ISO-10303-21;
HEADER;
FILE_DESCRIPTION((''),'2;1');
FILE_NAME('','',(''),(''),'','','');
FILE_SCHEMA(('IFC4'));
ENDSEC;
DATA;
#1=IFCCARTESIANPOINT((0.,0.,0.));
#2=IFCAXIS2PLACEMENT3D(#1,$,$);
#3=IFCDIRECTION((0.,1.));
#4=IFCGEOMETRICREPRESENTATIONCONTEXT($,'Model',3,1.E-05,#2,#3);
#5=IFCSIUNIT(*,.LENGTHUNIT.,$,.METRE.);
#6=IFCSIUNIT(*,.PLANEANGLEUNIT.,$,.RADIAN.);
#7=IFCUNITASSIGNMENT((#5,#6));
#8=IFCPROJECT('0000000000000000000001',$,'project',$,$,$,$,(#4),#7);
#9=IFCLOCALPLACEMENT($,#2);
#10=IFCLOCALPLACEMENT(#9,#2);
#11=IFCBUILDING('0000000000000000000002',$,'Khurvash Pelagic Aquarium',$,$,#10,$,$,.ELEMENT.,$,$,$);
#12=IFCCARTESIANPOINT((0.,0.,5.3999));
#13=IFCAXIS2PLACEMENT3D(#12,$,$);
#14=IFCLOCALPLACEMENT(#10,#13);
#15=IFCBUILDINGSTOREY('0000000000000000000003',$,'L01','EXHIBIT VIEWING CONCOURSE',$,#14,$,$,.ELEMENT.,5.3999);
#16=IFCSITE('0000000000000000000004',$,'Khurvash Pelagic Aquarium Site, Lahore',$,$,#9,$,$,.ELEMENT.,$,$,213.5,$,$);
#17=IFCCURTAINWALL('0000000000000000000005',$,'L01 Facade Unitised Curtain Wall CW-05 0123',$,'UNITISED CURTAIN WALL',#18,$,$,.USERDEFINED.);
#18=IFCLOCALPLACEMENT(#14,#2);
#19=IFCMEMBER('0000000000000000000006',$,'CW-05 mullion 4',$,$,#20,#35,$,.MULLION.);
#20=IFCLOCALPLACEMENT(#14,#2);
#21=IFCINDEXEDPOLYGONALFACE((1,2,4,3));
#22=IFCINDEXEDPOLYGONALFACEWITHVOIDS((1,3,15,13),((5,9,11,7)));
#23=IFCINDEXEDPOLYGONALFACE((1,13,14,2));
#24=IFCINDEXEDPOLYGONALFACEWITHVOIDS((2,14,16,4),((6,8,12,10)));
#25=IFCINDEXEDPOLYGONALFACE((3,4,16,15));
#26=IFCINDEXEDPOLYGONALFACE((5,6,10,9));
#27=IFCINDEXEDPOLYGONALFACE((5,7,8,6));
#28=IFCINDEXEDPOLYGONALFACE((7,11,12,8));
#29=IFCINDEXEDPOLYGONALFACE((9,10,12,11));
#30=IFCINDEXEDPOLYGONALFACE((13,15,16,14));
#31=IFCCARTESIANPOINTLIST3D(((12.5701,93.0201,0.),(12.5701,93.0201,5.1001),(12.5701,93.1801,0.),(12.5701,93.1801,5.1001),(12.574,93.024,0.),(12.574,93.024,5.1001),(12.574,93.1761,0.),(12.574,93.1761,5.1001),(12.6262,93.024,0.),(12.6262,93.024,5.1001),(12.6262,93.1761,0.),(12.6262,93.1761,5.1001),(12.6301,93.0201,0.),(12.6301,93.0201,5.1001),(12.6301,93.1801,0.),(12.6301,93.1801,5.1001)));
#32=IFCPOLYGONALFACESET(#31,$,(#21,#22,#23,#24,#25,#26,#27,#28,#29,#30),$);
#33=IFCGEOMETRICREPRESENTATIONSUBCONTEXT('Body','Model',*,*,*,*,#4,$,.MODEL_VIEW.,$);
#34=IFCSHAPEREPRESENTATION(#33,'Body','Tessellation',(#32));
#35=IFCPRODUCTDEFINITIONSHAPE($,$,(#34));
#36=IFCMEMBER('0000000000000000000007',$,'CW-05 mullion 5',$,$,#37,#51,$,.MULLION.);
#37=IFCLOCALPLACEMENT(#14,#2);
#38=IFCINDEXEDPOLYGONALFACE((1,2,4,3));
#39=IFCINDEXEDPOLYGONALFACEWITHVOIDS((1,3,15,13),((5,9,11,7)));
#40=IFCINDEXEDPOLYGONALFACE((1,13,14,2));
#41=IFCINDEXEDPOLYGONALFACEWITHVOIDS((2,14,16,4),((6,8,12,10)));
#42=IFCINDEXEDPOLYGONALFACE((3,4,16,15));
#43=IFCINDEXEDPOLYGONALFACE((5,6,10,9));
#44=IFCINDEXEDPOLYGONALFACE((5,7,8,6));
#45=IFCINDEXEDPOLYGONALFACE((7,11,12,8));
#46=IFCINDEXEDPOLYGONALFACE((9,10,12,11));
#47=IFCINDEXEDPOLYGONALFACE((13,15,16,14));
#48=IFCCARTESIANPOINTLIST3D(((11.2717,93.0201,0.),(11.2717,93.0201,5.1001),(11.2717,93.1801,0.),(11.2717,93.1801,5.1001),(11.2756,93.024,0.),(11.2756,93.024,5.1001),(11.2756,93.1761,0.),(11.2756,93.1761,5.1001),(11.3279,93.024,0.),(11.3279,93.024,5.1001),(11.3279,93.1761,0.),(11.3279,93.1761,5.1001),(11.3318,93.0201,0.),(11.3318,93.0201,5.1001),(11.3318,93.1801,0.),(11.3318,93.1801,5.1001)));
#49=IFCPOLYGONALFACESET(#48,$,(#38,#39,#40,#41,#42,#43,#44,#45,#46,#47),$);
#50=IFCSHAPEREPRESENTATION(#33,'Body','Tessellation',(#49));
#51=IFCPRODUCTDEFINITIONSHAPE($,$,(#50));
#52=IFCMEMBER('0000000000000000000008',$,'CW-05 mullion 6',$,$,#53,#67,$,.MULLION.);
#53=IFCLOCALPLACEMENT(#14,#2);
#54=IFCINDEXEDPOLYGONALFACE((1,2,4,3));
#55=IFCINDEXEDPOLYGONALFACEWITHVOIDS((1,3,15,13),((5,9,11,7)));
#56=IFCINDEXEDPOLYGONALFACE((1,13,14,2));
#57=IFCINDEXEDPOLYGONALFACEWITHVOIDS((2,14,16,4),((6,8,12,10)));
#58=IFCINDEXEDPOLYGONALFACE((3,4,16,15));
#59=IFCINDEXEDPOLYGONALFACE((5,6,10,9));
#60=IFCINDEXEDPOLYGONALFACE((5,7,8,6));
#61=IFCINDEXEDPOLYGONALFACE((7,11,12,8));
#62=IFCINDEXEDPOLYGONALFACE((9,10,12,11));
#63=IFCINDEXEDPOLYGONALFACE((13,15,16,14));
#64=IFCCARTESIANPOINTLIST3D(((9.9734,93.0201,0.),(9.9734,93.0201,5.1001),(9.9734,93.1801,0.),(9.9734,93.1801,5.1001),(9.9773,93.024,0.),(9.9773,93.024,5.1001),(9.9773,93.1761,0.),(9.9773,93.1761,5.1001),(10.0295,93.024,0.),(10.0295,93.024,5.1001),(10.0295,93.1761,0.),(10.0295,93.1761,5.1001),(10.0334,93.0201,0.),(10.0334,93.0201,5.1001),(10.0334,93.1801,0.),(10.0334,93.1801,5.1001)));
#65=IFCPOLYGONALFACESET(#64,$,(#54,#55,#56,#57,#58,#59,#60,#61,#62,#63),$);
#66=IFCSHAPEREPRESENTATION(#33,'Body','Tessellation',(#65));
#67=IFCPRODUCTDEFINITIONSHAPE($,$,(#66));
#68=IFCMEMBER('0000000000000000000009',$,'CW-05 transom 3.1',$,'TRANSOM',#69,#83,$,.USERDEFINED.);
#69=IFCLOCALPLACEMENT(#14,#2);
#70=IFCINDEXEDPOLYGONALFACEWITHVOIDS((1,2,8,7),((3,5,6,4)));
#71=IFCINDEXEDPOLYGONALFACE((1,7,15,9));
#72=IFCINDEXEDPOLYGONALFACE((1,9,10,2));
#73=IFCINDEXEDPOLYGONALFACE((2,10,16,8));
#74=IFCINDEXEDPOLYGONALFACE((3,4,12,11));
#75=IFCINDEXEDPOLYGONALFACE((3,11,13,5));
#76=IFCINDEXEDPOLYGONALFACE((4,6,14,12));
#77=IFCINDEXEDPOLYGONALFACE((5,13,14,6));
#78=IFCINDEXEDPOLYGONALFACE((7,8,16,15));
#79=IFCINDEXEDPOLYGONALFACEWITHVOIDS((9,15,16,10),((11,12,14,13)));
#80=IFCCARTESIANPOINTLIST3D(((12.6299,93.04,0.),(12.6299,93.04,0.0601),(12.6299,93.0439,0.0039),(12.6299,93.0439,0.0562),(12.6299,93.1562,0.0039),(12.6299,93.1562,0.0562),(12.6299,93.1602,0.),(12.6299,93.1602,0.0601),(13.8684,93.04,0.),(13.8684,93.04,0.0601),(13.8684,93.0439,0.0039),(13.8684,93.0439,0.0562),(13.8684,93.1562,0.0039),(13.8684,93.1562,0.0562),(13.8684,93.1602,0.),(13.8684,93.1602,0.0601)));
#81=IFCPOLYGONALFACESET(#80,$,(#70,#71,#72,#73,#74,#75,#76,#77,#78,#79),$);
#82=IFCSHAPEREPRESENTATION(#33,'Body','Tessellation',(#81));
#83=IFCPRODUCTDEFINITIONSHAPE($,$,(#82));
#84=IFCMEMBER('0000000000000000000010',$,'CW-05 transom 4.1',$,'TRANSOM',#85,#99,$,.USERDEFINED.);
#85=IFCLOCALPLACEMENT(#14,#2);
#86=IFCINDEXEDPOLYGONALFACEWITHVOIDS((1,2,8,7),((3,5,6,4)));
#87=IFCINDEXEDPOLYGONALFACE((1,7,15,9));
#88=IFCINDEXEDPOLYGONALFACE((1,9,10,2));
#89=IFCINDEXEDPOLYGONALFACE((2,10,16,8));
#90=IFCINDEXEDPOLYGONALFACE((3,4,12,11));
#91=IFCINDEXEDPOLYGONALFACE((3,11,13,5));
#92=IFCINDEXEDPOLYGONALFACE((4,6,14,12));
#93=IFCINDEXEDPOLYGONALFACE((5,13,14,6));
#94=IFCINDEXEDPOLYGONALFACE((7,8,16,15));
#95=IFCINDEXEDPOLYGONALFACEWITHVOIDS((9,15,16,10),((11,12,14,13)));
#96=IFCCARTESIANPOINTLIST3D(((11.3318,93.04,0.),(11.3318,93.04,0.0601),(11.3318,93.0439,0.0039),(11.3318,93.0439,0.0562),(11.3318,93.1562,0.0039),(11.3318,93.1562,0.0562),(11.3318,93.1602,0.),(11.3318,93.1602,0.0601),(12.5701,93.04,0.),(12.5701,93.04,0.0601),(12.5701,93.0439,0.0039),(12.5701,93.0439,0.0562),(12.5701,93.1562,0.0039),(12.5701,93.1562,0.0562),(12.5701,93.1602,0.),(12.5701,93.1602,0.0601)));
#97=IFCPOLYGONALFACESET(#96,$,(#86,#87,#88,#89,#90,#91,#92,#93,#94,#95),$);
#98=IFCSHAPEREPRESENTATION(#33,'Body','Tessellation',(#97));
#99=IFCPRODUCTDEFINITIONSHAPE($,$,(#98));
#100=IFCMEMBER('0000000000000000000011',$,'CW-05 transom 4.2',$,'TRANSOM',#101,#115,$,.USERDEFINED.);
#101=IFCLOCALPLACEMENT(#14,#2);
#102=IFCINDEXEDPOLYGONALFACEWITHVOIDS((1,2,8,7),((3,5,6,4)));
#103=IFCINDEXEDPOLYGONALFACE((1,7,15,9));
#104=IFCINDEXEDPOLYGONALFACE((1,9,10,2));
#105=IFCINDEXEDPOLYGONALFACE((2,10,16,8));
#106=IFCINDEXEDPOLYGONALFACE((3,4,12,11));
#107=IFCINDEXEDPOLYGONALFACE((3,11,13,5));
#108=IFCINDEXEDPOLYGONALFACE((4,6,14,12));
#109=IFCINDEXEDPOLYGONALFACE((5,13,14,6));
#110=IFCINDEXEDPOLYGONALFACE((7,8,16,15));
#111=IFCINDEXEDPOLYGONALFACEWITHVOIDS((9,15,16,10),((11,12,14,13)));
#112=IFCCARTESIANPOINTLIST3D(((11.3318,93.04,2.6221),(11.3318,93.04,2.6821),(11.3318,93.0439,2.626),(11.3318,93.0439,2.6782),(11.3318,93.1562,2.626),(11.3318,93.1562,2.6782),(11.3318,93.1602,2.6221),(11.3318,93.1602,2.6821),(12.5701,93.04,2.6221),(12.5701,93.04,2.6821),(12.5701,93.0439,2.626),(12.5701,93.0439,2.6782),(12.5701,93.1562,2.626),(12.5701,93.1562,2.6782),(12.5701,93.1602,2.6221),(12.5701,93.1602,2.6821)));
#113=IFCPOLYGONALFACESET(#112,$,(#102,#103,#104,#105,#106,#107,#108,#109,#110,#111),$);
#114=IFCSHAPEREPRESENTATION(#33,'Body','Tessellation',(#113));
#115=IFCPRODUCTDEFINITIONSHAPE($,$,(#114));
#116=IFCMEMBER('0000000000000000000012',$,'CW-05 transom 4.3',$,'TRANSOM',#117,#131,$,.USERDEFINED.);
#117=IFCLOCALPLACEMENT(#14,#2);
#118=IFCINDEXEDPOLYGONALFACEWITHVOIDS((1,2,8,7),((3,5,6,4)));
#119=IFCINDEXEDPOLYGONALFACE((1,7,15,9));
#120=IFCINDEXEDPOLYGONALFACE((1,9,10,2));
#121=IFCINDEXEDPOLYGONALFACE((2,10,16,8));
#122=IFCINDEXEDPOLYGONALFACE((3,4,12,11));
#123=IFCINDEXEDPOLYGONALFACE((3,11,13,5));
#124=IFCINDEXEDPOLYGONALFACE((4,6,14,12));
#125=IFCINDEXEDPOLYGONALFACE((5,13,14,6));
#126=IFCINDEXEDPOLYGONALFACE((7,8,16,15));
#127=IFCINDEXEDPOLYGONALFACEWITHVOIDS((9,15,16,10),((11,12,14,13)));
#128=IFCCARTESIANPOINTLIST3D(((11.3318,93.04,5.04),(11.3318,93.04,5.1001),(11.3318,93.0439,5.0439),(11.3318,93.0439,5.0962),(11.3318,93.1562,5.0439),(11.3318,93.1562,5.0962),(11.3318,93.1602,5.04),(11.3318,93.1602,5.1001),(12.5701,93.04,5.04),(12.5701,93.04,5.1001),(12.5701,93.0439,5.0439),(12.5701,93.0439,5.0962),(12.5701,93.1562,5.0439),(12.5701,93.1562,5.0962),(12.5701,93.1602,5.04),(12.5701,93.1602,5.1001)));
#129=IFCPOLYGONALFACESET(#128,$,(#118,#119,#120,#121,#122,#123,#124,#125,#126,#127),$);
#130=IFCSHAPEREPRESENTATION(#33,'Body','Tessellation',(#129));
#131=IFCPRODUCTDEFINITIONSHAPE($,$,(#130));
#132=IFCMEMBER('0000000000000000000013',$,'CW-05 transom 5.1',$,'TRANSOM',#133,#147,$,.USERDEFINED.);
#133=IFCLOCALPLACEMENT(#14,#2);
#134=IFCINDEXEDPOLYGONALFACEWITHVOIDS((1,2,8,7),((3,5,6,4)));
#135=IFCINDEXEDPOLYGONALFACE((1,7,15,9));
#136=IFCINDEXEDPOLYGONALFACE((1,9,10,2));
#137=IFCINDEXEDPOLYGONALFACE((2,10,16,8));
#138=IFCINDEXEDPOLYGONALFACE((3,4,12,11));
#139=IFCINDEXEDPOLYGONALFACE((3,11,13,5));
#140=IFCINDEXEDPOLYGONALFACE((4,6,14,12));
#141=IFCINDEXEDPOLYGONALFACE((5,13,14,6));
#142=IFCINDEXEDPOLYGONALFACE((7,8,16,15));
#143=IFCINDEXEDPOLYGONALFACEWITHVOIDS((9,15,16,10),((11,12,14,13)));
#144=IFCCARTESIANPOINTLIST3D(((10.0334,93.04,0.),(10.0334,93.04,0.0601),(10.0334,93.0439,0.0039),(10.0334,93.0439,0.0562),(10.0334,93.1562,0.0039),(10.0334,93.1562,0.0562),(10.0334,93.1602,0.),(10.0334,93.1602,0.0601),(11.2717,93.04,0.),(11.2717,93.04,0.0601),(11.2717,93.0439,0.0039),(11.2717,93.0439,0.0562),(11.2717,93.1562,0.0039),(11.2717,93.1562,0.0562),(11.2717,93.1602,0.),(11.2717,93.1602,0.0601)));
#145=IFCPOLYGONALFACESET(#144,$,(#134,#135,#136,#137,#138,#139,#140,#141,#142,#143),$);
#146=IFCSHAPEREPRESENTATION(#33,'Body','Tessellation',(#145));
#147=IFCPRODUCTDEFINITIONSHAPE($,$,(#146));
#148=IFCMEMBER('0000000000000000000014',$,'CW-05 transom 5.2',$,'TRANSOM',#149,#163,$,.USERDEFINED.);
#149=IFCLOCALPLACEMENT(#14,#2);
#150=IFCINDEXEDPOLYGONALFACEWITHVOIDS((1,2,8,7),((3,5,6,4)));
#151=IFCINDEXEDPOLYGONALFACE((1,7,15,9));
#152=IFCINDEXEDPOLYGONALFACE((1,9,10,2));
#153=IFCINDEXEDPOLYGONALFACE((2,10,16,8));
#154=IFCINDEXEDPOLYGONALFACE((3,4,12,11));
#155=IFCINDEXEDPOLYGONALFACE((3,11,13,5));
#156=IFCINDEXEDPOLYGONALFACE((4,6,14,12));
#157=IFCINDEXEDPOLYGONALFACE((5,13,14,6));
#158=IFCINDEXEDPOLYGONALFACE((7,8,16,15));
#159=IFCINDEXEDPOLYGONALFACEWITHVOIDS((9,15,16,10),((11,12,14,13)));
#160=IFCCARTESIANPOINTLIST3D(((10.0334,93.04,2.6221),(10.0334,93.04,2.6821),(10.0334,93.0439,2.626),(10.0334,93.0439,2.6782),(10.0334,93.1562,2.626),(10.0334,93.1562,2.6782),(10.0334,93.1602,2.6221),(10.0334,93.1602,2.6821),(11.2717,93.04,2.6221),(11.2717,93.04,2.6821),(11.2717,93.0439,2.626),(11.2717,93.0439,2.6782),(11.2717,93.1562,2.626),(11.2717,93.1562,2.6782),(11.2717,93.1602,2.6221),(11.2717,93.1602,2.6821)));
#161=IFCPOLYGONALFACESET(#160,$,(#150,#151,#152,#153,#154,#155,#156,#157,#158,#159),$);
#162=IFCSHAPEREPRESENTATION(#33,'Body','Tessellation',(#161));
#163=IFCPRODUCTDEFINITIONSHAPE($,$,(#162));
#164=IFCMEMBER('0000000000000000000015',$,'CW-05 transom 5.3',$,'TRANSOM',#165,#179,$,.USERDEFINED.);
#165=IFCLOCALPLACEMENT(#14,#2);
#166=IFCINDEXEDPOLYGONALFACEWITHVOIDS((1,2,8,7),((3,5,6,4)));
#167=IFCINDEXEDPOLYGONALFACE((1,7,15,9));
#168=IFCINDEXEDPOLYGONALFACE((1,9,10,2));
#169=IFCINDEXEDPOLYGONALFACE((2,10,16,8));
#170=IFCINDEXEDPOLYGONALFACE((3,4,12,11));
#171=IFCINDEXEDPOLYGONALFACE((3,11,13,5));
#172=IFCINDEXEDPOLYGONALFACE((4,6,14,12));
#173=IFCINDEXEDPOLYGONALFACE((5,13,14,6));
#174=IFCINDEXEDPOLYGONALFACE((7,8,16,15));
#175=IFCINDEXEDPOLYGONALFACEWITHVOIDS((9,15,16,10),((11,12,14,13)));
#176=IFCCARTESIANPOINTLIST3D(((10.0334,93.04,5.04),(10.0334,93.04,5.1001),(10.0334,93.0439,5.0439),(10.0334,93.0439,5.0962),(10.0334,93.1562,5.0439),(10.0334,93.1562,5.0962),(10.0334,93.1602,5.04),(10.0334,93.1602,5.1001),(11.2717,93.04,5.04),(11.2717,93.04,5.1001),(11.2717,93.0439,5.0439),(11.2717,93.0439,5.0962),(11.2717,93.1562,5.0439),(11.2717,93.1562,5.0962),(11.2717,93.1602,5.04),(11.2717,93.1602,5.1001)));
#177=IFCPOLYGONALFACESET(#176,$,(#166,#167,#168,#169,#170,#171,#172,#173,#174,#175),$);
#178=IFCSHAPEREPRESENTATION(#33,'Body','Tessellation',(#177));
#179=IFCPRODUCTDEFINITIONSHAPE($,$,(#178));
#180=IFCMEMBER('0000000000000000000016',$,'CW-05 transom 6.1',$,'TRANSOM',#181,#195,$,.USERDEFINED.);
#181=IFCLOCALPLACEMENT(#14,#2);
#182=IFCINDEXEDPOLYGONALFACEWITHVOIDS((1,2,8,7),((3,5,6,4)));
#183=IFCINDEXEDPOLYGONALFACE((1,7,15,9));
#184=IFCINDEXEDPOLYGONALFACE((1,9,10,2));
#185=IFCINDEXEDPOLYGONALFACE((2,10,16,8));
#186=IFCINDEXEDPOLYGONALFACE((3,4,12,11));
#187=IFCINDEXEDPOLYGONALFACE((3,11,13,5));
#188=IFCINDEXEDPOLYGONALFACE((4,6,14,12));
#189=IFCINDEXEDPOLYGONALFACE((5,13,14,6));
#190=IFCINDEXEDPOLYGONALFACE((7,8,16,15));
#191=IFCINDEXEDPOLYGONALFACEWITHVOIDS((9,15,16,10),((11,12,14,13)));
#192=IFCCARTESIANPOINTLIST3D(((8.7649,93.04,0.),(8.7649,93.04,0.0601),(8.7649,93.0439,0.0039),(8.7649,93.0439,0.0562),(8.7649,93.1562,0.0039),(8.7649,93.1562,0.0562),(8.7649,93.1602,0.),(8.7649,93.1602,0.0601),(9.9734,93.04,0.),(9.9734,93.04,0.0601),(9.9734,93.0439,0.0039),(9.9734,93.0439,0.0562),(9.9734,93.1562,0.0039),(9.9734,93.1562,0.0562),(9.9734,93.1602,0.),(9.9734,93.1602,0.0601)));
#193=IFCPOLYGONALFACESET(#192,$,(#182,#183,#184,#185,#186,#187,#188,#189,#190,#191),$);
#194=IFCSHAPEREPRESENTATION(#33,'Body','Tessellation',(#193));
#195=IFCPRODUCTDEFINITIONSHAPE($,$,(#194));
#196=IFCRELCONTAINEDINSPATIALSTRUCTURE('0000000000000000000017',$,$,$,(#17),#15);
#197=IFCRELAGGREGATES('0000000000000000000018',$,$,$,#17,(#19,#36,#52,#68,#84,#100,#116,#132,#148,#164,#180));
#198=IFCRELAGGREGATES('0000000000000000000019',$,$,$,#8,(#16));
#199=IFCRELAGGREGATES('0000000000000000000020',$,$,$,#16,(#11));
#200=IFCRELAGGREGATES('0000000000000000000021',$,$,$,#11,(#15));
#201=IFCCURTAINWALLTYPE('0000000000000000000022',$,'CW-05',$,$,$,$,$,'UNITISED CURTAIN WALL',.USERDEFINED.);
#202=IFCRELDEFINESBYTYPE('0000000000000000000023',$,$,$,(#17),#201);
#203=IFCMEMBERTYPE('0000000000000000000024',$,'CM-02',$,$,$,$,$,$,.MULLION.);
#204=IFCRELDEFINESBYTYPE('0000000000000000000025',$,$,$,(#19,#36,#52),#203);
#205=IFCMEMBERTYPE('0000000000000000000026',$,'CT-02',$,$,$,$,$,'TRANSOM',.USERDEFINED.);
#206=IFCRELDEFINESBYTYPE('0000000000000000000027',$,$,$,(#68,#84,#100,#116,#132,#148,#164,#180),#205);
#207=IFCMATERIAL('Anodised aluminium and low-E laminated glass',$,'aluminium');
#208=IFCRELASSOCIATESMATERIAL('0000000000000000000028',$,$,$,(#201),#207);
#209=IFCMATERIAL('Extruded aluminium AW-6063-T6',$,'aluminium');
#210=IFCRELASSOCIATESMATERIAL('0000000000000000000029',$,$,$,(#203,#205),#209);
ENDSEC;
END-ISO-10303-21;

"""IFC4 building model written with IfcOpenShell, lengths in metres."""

from ifc_helpers import new_model, si_unit, direction, frame, origin, origin_2d, place, context, subcontext, project, spatial, hollow_rectangle, extrude, material, material_profile, profile_set, type_object, element, aggregate, save


model = new_model("IFC4")

# Units and contexts
model_context = context("Model", 3, precision=1e-05, world=origin(), true_north=direction((0.0, 1.0)))
body_context = subcontext(model_context, "Body", "Model", "MODEL_VIEW")
ifc_project = project(units=[si_unit("LENGTHUNIT", "METRE"), si_unit("PLANEANGLEUNIT", "RADIAN")], contexts=[model_context])

# Site, building, storey
site_placement = place(None, origin())
site = spatial("IfcSite", under=ifc_project, at=site_placement, Name="Khurvash Pelagic Aquarium Site, Lahore", CompositionType="ELEMENT", RefElevation=213.5)
building_placement = place(site_placement, origin())
building = spatial("IfcBuilding", under=site, at=building_placement, Name="Khurvash Pelagic Aquarium", CompositionType="ELEMENT")
storey_placement = place(building_placement, frame((0.0, 0.0, 5.3999)))
storey = spatial("IfcBuildingStorey", under=building, at=storey_placement, Name="L01", Description="EXHIBIT VIEWING CONCOURSE", CompositionType="ELEMENT", Elevation=5.3999)

# Curtain wall, members
ifc_material_1 = material(Name="Anodised aluminium and low-E laminated glass", Category="aluminium")
curtain_wall_type = type_object("IfcCurtainWallType", Name="CW-05", ElementType="UNITISED CURTAIN WALL", PredefinedType="USERDEFINED", material=ifc_material_1)
curtain_wall_placement = place(storey_placement, origin())
curtain_wall = element("IfcCurtainWall", 1, at=curtain_wall_placement, inside=storey, type_object=curtain_wall_type, Name="L01 Facade Unitised Curtain Wall CW-05 0123", ObjectType="UNITISED CURTAIN WALL", PredefinedType="USERDEFINED")
ifc_material_2 = material(Name="Extruded aluminium AW-6063-T6", Category="aluminium")
ifc_material_profile_1 = material_profile(ifc_material_2, hollow_rectangle(XDim=0.0601, YDim=0.1599, WallThickness=0.0039, at=origin_2d()), Name="CWM60X160X4")
ifc_profile_set_1 = profile_set([ifc_material_profile_1], Name="Extruded aluminium AW-6063-T6")
member_type_1 = type_object("IfcMemberType", Name="CM-02", PredefinedType="MULLION", material=ifc_profile_set_1)
member_1_placement = place(storey_placement, frame((12.6001, 93.1001, 0.0), z_axis=(0.0, 0.0, 1.0), x_axis=(-1.0, 0.0, 0.0)))
member_1 = element("IfcMember", 2, at=member_1_placement, type_object=member_type_1, Name="CW-05 mullion 4", PredefinedType="MULLION", context=body_context, shape_type="SweptSolid", body=[
    extrude(hollow_rectangle(XDim=0.0601, YDim=0.1599, WallThickness=0.0039, at=origin_2d()), origin(), (0.0, 0.0, 1.0), 5.1001),
])
member_2_placement = place(storey_placement, frame((11.3018, 93.1001, 0.0), z_axis=(0.0, 0.0, 1.0), x_axis=(-1.0, 0.0, 0.0)))
member_2 = element("IfcMember", 3, at=member_2_placement, type_object=member_type_1, Name="CW-05 mullion 5", PredefinedType="MULLION", context=body_context, shape_type="SweptSolid", body=[
    extrude(hollow_rectangle(XDim=0.0601, YDim=0.1599, WallThickness=0.0039, at=origin_2d()), origin(), (0.0, 0.0, 1.0), 5.1001),
])
member_3_placement = place(storey_placement, frame((10.0034, 93.1001, 0.0), z_axis=(0.0, 0.0, 1.0), x_axis=(-1.0, 0.0, 0.0)))
member_3 = element("IfcMember", 4, at=member_3_placement, type_object=member_type_1, Name="CW-05 mullion 6", PredefinedType="MULLION", context=body_context, shape_type="SweptSolid", body=[
    extrude(hollow_rectangle(XDim=0.0601, YDim=0.1599, WallThickness=0.0039, at=origin_2d()), origin(), (0.0, 0.0, 1.0), 5.1001),
])
ifc_material_profile_2 = material_profile(ifc_material_2, hollow_rectangle(XDim=0.1201, YDim=0.0601, WallThickness=0.0039, at=origin_2d()), Name="CWT120X60X4")
ifc_profile_set_2 = profile_set([ifc_material_profile_2], Name="Extruded aluminium AW-6063-T6")
member_type_2 = type_object("IfcMemberType", Name="CT-02", ElementType="TRANSOM", PredefinedType="USERDEFINED", material=ifc_profile_set_2)
member_4_placement = place(storey_placement, frame((13.8684, 93.1001, 0.03), z_axis=(-1.0, 0.0, 0.0), x_axis=(0.0, -1.0, 0.0)))
member_4 = element("IfcMember", 5, at=member_4_placement, type_object=member_type_2, Name="CW-05 transom 3.1", ObjectType="TRANSOM", PredefinedType="USERDEFINED", context=body_context, shape_type="SweptSolid", body=[
    extrude(hollow_rectangle(XDim=0.1201, YDim=0.0601, WallThickness=0.0039, at=origin_2d()), origin(), (0.0, 0.0, 1.0), 1.2385),
])
member_5_placement = place(storey_placement, frame((12.5701, 93.1001, 0.03), z_axis=(-1.0, 0.0, 0.0), x_axis=(0.0, -1.0, 0.0)))
member_5 = element("IfcMember", 6, at=member_5_placement, type_object=member_type_2, Name="CW-05 transom 4.1", ObjectType="TRANSOM", PredefinedType="USERDEFINED", context=body_context, shape_type="SweptSolid", body=[
    extrude(hollow_rectangle(XDim=0.1201, YDim=0.0601, WallThickness=0.0039, at=origin_2d()), origin(), (0.0, 0.0, 1.0), 1.2383),
])
member_6_placement = place(storey_placement, frame((12.5701, 93.1001, 2.6521), z_axis=(-1.0, 0.0, 0.0), x_axis=(0.0, -1.0, 0.0)))
member_6 = element("IfcMember", 7, at=member_6_placement, type_object=member_type_2, Name="CW-05 transom 4.2", ObjectType="TRANSOM", PredefinedType="USERDEFINED", context=body_context, shape_type="SweptSolid", body=[
    extrude(hollow_rectangle(XDim=0.1201, YDim=0.0601, WallThickness=0.0039, at=origin_2d()), origin(), (0.0, 0.0, 1.0), 1.2383),
])
member_7_placement = place(storey_placement, frame((12.5701, 93.1001, 5.0701), z_axis=(-1.0, 0.0, 0.0), x_axis=(0.0, -1.0, 0.0)))
member_7 = element("IfcMember", 8, at=member_7_placement, type_object=member_type_2, Name="CW-05 transom 4.3", ObjectType="TRANSOM", PredefinedType="USERDEFINED", context=body_context, shape_type="SweptSolid", body=[
    extrude(hollow_rectangle(XDim=0.1201, YDim=0.0601, WallThickness=0.0039, at=origin_2d()), origin(), (0.0, 0.0, 1.0), 1.2383),
])
member_8_placement = place(storey_placement, frame((11.2717, 93.1001, 0.03), z_axis=(-1.0, 0.0, 0.0), x_axis=(0.0, -1.0, 0.0)))
member_8 = element("IfcMember", 9, at=member_8_placement, type_object=member_type_2, Name="CW-05 transom 5.1", ObjectType="TRANSOM", PredefinedType="USERDEFINED", context=body_context, shape_type="SweptSolid", body=[
    extrude(hollow_rectangle(XDim=0.1201, YDim=0.0601, WallThickness=0.0039, at=origin_2d()), origin(), (0.0, 0.0, 1.0), 1.2383),
])
member_9_placement = place(storey_placement, frame((11.2717, 93.1001, 2.6521), z_axis=(-1.0, 0.0, 0.0), x_axis=(0.0, -1.0, 0.0)))
member_9 = element("IfcMember", 10, at=member_9_placement, type_object=member_type_2, Name="CW-05 transom 5.2", ObjectType="TRANSOM", PredefinedType="USERDEFINED", context=body_context, shape_type="SweptSolid", body=[
    extrude(hollow_rectangle(XDim=0.1201, YDim=0.0601, WallThickness=0.0039, at=origin_2d()), origin(), (0.0, 0.0, 1.0), 1.2383),
])
member_10_placement = place(storey_placement, frame((11.2717, 93.1001, 5.0701), z_axis=(-1.0, 0.0, 0.0), x_axis=(0.0, -1.0, 0.0)))
member_10 = element("IfcMember", 11, at=member_10_placement, type_object=member_type_2, Name="CW-05 transom 5.3", ObjectType="TRANSOM", PredefinedType="USERDEFINED", context=body_context, shape_type="SweptSolid", body=[
    extrude(hollow_rectangle(XDim=0.1201, YDim=0.0601, WallThickness=0.0039, at=origin_2d()), origin(), (0.0, 0.0, 1.0), 1.2383),
])
member_11_placement = place(storey_placement, frame((9.9734, 93.1001, 0.03), z_axis=(-1.0, 0.0, 0.0), x_axis=(0.0, -1.0, 0.0)))
member_11 = element("IfcMember", 12, at=member_11_placement, type_object=member_type_2, Name="CW-05 transom 6.1", ObjectType="TRANSOM", PredefinedType="USERDEFINED", context=body_context, shape_type="SweptSolid", body=[
    extrude(hollow_rectangle(XDim=0.1201, YDim=0.0601, WallThickness=0.0039, at=origin_2d()), origin(), (0.0, 0.0, 1.0), 1.2085),
])

aggregate(curtain_wall, [member_1, member_2, member_3, member_4, member_5, member_6, member_7, member_8, member_9, member_10, member_11])

save(model, "model.ifc")
